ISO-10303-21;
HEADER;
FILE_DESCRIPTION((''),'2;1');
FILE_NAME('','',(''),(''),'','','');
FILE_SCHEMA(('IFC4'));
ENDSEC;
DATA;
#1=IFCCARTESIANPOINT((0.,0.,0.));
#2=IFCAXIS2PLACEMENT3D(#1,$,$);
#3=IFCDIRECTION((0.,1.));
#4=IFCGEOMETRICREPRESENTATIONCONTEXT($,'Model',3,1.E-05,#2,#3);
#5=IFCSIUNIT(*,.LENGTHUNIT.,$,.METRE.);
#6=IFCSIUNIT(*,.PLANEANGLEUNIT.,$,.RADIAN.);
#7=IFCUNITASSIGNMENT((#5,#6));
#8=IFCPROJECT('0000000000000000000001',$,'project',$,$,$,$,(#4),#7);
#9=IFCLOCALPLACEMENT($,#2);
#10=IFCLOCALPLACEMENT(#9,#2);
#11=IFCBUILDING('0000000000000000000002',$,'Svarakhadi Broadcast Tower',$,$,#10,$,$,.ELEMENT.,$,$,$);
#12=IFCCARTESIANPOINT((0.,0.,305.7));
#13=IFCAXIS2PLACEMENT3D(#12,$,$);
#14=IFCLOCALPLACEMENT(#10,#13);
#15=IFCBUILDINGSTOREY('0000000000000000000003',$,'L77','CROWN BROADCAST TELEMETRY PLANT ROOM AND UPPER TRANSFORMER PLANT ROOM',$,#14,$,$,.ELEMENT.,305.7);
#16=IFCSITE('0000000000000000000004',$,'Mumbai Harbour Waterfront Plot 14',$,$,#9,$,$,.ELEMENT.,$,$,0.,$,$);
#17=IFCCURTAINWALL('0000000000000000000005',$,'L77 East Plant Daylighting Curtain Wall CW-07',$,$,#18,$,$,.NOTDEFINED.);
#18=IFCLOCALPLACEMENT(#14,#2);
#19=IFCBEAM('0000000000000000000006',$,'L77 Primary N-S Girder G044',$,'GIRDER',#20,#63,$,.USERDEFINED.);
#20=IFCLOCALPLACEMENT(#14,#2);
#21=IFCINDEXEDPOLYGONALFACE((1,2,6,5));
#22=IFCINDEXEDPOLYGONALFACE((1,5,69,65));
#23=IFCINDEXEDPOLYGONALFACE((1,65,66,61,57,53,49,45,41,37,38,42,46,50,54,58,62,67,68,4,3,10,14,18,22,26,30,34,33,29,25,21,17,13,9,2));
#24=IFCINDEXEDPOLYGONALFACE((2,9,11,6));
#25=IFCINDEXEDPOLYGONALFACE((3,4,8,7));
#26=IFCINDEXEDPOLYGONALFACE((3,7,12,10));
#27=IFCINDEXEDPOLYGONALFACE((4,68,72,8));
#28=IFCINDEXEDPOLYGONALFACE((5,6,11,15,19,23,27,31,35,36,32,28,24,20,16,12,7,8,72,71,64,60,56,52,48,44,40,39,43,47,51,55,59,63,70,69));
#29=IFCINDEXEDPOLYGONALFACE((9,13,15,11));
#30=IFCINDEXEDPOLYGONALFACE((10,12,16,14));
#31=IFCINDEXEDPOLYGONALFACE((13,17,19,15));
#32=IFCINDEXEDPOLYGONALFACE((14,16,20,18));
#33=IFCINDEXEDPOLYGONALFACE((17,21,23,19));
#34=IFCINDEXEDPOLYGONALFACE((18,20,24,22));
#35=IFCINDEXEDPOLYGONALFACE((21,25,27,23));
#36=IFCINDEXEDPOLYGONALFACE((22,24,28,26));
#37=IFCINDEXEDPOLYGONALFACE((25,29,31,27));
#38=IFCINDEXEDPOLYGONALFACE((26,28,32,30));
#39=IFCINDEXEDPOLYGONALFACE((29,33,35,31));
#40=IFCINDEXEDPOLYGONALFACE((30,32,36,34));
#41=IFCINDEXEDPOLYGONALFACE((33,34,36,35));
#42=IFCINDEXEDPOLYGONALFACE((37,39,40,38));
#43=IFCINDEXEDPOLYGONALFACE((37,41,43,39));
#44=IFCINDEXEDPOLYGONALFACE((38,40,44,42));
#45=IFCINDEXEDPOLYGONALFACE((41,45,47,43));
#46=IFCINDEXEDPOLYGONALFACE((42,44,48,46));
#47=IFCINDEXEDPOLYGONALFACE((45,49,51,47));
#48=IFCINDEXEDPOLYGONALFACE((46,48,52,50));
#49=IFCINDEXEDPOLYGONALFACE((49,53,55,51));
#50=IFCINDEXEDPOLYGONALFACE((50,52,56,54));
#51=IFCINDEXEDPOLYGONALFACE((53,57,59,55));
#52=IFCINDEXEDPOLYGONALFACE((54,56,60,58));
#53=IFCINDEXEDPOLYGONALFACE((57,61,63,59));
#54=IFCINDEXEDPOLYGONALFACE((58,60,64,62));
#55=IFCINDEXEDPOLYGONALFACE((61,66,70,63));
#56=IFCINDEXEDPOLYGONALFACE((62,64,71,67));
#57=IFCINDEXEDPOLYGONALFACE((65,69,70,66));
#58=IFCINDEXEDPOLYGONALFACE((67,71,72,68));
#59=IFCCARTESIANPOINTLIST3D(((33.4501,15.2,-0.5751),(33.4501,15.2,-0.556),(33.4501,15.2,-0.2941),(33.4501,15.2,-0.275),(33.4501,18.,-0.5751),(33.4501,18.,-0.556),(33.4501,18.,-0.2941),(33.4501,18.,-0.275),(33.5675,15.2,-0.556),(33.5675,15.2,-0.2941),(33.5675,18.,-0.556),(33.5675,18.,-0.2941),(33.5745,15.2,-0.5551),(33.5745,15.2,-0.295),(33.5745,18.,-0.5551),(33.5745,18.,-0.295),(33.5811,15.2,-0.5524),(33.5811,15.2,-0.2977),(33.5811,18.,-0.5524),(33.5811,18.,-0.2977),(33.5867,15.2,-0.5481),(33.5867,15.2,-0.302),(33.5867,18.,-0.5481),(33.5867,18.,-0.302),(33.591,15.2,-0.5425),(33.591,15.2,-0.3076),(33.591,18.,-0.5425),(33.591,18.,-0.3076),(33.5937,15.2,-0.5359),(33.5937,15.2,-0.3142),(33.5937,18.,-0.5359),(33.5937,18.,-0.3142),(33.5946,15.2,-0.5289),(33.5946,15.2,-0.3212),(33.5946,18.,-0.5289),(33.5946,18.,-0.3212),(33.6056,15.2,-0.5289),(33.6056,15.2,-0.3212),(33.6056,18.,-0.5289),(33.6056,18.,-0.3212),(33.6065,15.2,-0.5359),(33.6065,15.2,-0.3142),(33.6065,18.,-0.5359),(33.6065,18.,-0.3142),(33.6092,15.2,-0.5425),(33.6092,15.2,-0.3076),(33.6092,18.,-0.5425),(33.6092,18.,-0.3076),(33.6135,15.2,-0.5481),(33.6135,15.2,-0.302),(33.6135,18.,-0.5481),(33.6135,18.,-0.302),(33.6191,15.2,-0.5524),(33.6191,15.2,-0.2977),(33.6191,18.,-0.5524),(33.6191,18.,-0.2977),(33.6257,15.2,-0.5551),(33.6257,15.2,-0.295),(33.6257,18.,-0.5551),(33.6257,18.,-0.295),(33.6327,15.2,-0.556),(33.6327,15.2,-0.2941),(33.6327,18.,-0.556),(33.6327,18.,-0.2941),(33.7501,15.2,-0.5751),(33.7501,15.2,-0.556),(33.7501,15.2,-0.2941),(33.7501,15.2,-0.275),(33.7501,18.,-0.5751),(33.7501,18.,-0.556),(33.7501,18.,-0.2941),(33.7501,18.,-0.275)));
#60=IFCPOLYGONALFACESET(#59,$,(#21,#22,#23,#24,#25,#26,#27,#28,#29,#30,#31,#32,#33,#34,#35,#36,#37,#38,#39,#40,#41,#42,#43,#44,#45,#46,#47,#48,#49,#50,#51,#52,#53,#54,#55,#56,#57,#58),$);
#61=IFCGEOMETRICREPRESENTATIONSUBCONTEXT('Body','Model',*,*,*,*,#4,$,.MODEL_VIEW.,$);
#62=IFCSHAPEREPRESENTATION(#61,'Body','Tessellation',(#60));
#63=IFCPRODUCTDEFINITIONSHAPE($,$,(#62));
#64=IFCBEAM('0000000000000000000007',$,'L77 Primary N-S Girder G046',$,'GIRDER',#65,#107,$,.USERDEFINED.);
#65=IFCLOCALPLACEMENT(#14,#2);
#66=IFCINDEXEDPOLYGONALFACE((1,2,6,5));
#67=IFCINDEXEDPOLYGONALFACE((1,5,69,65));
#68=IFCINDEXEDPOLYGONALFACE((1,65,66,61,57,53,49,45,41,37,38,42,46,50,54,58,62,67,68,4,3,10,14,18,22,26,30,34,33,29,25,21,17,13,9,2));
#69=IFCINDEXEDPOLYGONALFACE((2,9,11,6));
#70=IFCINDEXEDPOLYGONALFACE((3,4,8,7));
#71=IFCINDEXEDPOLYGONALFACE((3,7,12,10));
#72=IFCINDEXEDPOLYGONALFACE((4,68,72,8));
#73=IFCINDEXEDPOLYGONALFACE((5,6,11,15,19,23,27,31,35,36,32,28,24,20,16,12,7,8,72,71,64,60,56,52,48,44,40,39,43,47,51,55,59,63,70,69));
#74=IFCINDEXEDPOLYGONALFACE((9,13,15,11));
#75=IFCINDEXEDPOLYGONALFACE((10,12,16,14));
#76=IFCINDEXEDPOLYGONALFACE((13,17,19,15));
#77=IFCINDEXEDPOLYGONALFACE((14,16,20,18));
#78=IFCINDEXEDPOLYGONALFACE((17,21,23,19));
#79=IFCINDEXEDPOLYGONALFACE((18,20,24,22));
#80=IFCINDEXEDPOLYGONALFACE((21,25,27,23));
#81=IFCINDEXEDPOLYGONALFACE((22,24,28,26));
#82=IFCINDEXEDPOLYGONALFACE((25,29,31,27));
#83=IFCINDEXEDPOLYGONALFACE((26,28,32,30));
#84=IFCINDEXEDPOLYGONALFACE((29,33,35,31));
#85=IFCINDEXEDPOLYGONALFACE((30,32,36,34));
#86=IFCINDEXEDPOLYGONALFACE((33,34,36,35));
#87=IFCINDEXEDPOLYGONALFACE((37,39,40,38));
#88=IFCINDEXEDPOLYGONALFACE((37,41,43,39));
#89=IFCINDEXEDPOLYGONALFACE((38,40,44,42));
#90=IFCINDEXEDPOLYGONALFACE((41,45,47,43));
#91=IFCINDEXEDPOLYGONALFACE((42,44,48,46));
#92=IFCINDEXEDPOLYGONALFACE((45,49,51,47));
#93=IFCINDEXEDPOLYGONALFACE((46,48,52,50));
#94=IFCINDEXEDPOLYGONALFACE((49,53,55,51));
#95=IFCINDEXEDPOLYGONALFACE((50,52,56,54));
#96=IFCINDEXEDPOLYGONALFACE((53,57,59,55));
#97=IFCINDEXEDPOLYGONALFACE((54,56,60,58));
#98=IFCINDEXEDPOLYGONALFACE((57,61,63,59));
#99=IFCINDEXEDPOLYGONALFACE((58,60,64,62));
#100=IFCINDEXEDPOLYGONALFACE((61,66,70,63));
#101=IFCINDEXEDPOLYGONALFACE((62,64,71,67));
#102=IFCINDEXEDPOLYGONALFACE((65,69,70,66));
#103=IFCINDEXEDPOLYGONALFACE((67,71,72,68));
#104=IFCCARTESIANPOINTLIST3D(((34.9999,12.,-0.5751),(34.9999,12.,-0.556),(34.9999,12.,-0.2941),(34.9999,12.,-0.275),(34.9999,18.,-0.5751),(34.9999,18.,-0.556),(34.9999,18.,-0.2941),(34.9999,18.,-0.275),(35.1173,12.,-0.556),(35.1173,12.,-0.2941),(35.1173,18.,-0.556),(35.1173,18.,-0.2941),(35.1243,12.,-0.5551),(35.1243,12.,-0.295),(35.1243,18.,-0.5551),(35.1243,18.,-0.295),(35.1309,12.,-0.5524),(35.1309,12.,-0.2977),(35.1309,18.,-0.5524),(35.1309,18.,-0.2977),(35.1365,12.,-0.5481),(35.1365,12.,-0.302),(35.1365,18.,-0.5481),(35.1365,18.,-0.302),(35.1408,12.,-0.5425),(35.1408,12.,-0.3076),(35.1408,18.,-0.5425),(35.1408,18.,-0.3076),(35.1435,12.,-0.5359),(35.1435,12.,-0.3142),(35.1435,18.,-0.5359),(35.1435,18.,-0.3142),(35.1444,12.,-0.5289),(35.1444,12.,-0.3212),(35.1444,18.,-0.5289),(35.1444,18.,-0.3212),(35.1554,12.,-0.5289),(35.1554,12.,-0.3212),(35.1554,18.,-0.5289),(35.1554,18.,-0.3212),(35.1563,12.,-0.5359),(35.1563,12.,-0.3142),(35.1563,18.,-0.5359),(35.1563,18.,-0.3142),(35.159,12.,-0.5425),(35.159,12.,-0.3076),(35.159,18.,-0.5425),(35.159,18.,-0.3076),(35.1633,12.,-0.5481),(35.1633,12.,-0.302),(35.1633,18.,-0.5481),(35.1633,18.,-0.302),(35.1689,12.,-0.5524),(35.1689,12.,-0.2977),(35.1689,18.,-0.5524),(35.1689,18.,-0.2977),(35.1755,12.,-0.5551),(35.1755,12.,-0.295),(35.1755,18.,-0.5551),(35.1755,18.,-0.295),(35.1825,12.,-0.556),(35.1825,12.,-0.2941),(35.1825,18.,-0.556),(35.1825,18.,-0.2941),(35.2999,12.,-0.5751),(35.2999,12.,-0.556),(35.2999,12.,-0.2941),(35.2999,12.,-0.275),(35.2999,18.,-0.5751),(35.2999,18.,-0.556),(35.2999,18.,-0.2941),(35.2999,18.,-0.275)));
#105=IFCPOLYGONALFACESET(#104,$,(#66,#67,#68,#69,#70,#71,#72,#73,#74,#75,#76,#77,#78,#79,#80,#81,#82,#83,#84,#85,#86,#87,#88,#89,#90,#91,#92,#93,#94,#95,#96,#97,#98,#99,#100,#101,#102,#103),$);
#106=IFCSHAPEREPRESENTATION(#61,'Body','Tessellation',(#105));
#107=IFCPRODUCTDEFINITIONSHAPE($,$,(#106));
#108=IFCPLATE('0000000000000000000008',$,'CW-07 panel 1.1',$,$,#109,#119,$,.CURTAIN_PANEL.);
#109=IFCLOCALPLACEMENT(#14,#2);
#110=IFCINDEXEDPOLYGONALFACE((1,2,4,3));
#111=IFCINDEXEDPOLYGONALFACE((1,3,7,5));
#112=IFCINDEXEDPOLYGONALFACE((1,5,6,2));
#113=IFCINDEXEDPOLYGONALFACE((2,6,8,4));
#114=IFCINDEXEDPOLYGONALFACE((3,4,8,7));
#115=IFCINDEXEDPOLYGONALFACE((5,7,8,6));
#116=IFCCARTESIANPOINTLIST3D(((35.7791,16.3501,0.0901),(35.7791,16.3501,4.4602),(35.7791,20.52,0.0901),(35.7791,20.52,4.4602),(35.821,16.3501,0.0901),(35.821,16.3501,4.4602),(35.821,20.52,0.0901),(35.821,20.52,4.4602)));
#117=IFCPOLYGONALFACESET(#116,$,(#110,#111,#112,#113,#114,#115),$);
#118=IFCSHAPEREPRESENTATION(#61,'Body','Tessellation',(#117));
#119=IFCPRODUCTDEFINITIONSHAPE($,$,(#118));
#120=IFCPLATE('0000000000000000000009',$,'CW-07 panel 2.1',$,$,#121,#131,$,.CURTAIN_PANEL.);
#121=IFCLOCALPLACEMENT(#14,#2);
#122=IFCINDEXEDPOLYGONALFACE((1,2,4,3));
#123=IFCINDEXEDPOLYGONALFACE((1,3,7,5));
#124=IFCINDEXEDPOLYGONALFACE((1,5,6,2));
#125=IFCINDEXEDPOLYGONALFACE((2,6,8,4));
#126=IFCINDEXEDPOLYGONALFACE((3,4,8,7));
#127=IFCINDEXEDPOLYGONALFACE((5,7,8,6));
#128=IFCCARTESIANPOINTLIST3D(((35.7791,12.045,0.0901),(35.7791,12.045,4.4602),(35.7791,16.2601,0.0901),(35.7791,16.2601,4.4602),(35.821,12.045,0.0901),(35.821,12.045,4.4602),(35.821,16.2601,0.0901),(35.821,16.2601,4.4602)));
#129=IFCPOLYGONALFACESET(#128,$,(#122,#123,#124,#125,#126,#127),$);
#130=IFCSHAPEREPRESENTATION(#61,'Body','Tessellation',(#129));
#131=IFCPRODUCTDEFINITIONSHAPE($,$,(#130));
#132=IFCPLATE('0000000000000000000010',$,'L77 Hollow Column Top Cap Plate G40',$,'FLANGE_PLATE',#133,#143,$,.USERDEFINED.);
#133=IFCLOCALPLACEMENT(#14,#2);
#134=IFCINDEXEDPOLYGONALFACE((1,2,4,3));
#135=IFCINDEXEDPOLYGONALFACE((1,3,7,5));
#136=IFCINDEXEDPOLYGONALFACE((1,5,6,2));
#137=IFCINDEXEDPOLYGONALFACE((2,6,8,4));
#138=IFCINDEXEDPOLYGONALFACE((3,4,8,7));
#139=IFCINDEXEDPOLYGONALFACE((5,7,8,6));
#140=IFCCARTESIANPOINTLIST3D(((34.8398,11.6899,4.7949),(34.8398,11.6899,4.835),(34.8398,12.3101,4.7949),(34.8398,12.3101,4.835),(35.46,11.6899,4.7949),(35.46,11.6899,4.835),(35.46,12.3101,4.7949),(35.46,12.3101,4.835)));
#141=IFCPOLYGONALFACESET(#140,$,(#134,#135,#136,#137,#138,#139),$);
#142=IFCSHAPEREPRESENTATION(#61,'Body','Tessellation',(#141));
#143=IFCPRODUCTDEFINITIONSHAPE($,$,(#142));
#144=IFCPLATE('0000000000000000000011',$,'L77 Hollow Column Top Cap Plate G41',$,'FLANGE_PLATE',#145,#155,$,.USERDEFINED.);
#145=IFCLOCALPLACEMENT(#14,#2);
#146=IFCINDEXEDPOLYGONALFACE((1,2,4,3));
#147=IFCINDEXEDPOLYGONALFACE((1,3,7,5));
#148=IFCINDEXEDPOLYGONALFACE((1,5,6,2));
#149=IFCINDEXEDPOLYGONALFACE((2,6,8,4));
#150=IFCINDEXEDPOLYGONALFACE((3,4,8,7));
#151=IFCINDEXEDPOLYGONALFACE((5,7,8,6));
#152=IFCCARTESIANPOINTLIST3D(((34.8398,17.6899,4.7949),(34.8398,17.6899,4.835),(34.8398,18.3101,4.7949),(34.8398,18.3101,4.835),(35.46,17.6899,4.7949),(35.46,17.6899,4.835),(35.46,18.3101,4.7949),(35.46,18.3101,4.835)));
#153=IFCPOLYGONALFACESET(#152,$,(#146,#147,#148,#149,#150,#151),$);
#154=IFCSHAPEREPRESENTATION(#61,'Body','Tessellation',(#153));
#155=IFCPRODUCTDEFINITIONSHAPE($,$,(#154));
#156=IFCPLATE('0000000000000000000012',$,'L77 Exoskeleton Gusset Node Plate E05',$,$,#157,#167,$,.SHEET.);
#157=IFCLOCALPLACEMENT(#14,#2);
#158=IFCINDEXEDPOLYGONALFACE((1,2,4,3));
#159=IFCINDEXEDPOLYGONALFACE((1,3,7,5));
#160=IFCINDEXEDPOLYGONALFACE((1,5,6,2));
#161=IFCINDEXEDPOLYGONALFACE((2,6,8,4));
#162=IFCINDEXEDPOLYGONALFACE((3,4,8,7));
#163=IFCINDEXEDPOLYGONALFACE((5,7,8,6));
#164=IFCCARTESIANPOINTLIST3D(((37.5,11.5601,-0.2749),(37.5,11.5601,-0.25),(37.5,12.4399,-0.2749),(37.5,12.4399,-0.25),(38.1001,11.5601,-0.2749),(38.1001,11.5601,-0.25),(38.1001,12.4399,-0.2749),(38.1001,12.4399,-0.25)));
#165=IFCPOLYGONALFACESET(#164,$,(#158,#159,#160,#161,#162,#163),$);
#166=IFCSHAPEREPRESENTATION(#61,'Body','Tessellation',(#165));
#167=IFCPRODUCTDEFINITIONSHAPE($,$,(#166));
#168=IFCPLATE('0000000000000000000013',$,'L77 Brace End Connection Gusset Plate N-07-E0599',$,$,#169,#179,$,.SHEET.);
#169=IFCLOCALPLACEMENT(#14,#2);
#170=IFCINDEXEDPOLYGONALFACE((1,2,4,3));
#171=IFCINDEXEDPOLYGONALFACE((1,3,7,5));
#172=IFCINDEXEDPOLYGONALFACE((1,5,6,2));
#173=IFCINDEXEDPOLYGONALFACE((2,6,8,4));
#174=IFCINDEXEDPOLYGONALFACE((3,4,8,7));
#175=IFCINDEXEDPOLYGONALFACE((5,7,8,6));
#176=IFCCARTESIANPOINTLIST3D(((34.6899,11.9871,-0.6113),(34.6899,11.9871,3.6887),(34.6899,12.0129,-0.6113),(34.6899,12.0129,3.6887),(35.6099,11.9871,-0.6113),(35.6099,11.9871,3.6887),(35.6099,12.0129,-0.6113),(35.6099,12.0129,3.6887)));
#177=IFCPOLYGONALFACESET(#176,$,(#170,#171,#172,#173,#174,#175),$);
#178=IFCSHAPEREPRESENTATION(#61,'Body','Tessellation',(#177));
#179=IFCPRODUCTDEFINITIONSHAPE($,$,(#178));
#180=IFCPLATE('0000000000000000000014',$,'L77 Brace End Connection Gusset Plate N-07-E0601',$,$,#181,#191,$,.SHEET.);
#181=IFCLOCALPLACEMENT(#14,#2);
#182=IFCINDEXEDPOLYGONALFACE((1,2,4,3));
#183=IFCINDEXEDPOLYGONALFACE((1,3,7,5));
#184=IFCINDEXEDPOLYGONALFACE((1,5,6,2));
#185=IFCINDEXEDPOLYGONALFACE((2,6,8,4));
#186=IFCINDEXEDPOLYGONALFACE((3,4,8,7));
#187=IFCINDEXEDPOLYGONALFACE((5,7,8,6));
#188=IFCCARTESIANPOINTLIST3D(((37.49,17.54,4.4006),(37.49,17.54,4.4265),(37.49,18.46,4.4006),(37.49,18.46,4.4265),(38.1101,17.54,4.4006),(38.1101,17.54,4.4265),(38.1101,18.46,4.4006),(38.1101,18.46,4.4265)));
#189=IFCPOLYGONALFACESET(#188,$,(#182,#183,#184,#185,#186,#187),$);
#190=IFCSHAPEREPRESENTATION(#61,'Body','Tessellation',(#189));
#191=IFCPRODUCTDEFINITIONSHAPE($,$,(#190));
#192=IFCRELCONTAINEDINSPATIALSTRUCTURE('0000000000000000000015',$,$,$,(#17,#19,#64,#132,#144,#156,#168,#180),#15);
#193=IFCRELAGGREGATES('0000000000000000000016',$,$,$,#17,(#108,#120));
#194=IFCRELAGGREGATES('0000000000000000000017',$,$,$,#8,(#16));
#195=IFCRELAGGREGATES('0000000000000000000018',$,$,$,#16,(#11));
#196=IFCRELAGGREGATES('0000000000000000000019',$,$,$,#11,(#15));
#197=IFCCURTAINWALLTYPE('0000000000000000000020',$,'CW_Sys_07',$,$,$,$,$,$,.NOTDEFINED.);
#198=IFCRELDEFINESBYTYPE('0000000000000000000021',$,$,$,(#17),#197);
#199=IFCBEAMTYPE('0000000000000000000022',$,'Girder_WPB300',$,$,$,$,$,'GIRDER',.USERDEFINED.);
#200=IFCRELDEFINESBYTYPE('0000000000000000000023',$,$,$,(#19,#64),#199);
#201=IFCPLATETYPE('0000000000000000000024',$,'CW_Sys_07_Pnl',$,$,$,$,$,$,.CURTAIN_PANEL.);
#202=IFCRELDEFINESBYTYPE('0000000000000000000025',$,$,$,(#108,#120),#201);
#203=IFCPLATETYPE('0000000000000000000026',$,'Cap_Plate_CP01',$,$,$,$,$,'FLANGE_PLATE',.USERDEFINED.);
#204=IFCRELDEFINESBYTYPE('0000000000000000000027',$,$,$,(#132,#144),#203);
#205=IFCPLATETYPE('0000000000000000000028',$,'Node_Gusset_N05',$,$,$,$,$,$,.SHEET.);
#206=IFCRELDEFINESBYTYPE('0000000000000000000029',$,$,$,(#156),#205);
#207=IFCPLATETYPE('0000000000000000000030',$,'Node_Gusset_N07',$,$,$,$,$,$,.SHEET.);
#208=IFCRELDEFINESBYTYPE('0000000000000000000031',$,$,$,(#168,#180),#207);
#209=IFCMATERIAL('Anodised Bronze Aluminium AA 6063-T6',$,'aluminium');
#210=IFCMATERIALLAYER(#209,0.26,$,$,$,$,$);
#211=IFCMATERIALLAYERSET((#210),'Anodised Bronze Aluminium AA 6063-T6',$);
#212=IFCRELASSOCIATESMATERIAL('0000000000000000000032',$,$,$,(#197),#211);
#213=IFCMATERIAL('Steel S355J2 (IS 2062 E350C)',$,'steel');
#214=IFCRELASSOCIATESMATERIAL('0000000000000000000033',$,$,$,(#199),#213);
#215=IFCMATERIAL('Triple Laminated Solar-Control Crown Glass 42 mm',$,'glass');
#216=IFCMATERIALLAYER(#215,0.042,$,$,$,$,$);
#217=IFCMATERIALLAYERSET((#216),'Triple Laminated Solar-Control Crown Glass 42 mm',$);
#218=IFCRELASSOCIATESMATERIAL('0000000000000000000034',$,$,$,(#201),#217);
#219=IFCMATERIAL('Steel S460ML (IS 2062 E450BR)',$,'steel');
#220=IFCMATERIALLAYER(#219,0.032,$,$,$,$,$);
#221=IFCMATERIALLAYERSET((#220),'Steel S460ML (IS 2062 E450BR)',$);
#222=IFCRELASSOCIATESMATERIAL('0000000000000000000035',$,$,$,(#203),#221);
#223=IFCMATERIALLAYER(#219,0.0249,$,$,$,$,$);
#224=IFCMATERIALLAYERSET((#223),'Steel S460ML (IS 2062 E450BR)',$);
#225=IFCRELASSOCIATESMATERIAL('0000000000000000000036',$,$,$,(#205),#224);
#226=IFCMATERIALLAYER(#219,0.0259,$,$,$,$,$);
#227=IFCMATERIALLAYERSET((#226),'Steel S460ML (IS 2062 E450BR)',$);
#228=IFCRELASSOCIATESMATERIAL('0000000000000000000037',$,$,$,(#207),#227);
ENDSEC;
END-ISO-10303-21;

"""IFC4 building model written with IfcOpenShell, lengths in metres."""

from ifc_helpers import new_model, si_unit, direction, frame, origin, origin_2d, place, context, subcontext, project, spatial, rectangle, i_section, extrude, material, layer, layer_set, material_profile, profile_set, type_object, element, aggregate, save


model = new_model("IFC4")

# Units and contexts
model_context = context("Model", 3, precision=1e-05, world=origin(), true_north=direction((0.0, 1.0)))
body_context = subcontext(model_context, "Body", "Model", "MODEL_VIEW")
ifc_project = project(units=[si_unit("LENGTHUNIT", "METRE"), si_unit("PLANEANGLEUNIT", "RADIAN")], contexts=[model_context])

# Site, building, storey
site_placement = place(None, origin())
site = spatial("IfcSite", under=ifc_project, at=site_placement, Name="Mumbai Harbour Waterfront Plot 14", CompositionType="ELEMENT", RefElevation=0.0)
building_placement = place(site_placement, origin())
building = spatial("IfcBuilding", under=site, at=building_placement, Name="Svarakhadi Broadcast Tower", CompositionType="ELEMENT")
storey_placement = place(building_placement, frame((0.0, 0.0, 305.7)))
storey = spatial("IfcBuildingStorey", under=building, at=storey_placement, Name="L77", Description="CROWN BROADCAST TELEMETRY PLANT ROOM AND UPPER TRANSFORMER PLANT ROOM", CompositionType="ELEMENT", Elevation=305.7)

# Shared definitions
ifc_material_1 = material(Name="Steel S460ML (IS 2062 E450BR)", Category="steel")

# Curtain wall
ifc_material_2 = material(Name="Anodised Bronze Aluminium AA 6063-T6", Category="aluminium")
ifc_layer_1 = layer(ifc_material_2, 0.26)
ifc_layer_set_1 = layer_set([ifc_layer_1], Name="Anodised Bronze Aluminium AA 6063-T6")
curtain_wall_type = type_object("IfcCurtainWallType", Name="CW_Sys_07", PredefinedType="NOTDEFINED", material=ifc_layer_set_1)
curtain_wall_placement = place(storey_placement, origin())
curtain_wall = element("IfcCurtainWall", 1, at=curtain_wall_placement, inside=storey, type_object=curtain_wall_type, Name="L77 East Plant Daylighting Curtain Wall CW-07", PredefinedType="NOTDEFINED")

# Beams
ifc_material_3 = material(Name="Steel S355J2 (IS 2062 E350C)", Category="steel")
ifc_material_profile_1 = material_profile(ifc_material_3, i_section(OverallWidth=0.3, OverallDepth=0.3, WebThickness=0.011, FlangeThickness=0.019, FilletRadius=0.0271, at=origin_2d()), Name="WPB 300x300x117")
ifc_profile_set_1 = profile_set([ifc_material_profile_1], Name="Steel S355J2 (IS 2062 E350C)")
beam_type = type_object("IfcBeamType", Name="Girder_WPB300", ElementType="GIRDER", PredefinedType="USERDEFINED", material=ifc_profile_set_1)
beam_1_placement = place(storey_placement, frame((33.6001, 15.2, -0.425), z_axis=(0.0, 1.0, 0.0), x_axis=(-1.0, 0.0, 0.0)))
element("IfcBeam", 2, at=beam_1_placement, inside=storey, type_object=beam_type, Name="L77 Primary N-S Girder G044", ObjectType="GIRDER", PredefinedType="USERDEFINED", context=body_context, shape_type="SweptSolid", body=[
    extrude(i_section(OverallWidth=0.3, OverallDepth=0.3, WebThickness=0.011, FlangeThickness=0.019, FilletRadius=0.0271, at=origin_2d()), origin(), (0.0, 0.0, 1.0), 2.8),
])
beam_2_placement = place(storey_placement, frame((35.1499, 12.0, -0.425), z_axis=(0.0, 1.0, 0.0), x_axis=(-1.0, 0.0, 0.0)))
element("IfcBeam", 3, at=beam_2_placement, inside=storey, type_object=beam_type, Name="L77 Primary N-S Girder G046", ObjectType="GIRDER", PredefinedType="USERDEFINED", context=body_context, shape_type="SweptSolid", body=[
    extrude(i_section(OverallWidth=0.3, OverallDepth=0.3, WebThickness=0.011, FlangeThickness=0.019, FilletRadius=0.0271, at=origin_2d()), origin(), (0.0, 0.0, 1.0), 6.0),
])

# Plates
ifc_material_4 = material(Name="Triple Laminated Solar-Control Crown Glass 42 mm", Category="glass")
ifc_layer_2 = layer(ifc_material_4, 0.042)
ifc_layer_set_2 = layer_set([ifc_layer_2], Name="Triple Laminated Solar-Control Crown Glass 42 mm")
plate_type_1 = type_object("IfcPlateType", Name="CW_Sys_07_Pnl", PredefinedType="CURTAIN_PANEL", material=ifc_layer_set_2)
plate_1_placement = place(storey_placement, frame((35.8, 18.4351, 0.0901), z_axis=(0.0, 0.0, 1.0), x_axis=(0.0, -1.0, 0.0)))
plate_1 = element("IfcPlate", 4, at=plate_1_placement, type_object=plate_type_1, Name="CW-07 panel 1.1", PredefinedType="CURTAIN_PANEL", context=body_context, shape_type="SweptSolid", body=[
    extrude(rectangle(XDim=4.1699, YDim=0.042, at=origin_2d()), origin(), (0.0, 0.0, 1.0), 4.3701),
])
plate_2_placement = place(storey_placement, frame((35.8, 14.1526, 0.0901), z_axis=(0.0, 0.0, 1.0), x_axis=(0.0, -1.0, 0.0)))
plate_2 = element("IfcPlate", 5, at=plate_2_placement, type_object=plate_type_1, Name="CW-07 panel 2.1", PredefinedType="CURTAIN_PANEL", context=body_context, shape_type="SweptSolid", body=[
    extrude(rectangle(XDim=4.2151, YDim=0.042, at=origin_2d()), origin(), (0.0, 0.0, 1.0), 4.3701),
])
aggregate(curtain_wall, [plate_1, plate_2])

# Plates
ifc_layer_3 = layer(ifc_material_1, 0.032)
ifc_layer_set_3 = layer_set([ifc_layer_3], Name="Steel S460ML (IS 2062 E450BR)")
plate_type_2 = type_object("IfcPlateType", Name="Cap_Plate_CP01", ElementType="FLANGE_PLATE", PredefinedType="USERDEFINED", material=ifc_layer_set_3)
for number, where, z_axis, x_axis, name in (
    (6, (35.1499, 12.0, 4.7949), (0.0, 0.0, 1.0), (1.0, 0.0, 0.0), "L77 Hollow Column Top Cap Plate G40"),
    (7, (35.1499, 18.0, 4.7949), (0.0, 0.0, 1.0), (1.0, 0.0, 0.0), "L77 Hollow Column Top Cap Plate G41"),
):
    element("IfcPlate", number, at=place(storey_placement, frame(where, z_axis=z_axis, x_axis=x_axis)), inside=storey, type_object=plate_type_2, Name=name, ObjectType="FLANGE_PLATE", PredefinedType="USERDEFINED", context=body_context, shape_type="SweptSolid", body=[
        extrude(rectangle(XDim=0.6201, YDim=0.6201, at=origin_2d()), origin(), (0.0, 0.0, 1.0), 0.04),
    ])
ifc_layer_4 = layer(ifc_material_1, 0.0249)
ifc_layer_set_4 = layer_set([ifc_layer_4], Name="Steel S460ML (IS 2062 E450BR)")
plate_type_3 = type_object("IfcPlateType", Name="Node_Gusset_N05", PredefinedType="SHEET", material=ifc_layer_set_4)
plate_3_placement = place(storey_placement, frame((37.8, 12.0, -0.2749), z_axis=(0.0, 0.0, 1.0), x_axis=(0.0, 1.0, 0.0)))
element("IfcPlate", 8, at=plate_3_placement, inside=storey, type_object=plate_type_3, Name="L77 Exoskeleton Gusset Node Plate E05", PredefinedType="SHEET", context=body_context, shape_type="SweptSolid", body=[
    extrude(rectangle(XDim=0.8799, YDim=0.6001, at=origin_2d()), origin(), (0.0, 0.0, 1.0), 0.0249),
])
ifc_layer_5 = layer(ifc_material_1, 0.0259)
ifc_layer_set_5 = layer_set([ifc_layer_5], Name="Steel S460ML (IS 2062 E450BR)")
plate_type_4 = type_object("IfcPlateType", Name="Node_Gusset_N07", PredefinedType="SHEET", material=ifc_layer_set_5)
plate_4_placement = place(storey_placement, frame((35.1499, 12.0, -0.6113), z_axis=(0.0, 0.0, 1.0), x_axis=(1.0, 0.0, 0.0)))
element("IfcPlate", 9, at=plate_4_placement, inside=storey, type_object=plate_type_4, Name="L77 Brace End Connection Gusset Plate N-07-E0599", PredefinedType="SHEET", context=body_context, shape_type="SweptSolid", body=[
    extrude(rectangle(XDim=0.9199, YDim=0.0259, at=origin_2d()), origin(), (0.0, 0.0, 1.0), 4.3),
])
plate_5_placement = place(storey_placement, frame((37.8, 18.0, 4.4006), z_axis=(0.0, 0.0, 1.0), x_axis=(0.0, 1.0, 0.0)))
element("IfcPlate", 10, at=plate_5_placement, inside=storey, type_object=plate_type_4, Name="L77 Brace End Connection Gusset Plate N-07-E0601", PredefinedType="SHEET", context=body_context, shape_type="SweptSolid", body=[
    extrude(rectangle(XDim=0.9199, YDim=0.6201, at=origin_2d()), origin(), (0.0, 0.0, 1.0), 0.0259),
])

save(model, "model.ifc")
